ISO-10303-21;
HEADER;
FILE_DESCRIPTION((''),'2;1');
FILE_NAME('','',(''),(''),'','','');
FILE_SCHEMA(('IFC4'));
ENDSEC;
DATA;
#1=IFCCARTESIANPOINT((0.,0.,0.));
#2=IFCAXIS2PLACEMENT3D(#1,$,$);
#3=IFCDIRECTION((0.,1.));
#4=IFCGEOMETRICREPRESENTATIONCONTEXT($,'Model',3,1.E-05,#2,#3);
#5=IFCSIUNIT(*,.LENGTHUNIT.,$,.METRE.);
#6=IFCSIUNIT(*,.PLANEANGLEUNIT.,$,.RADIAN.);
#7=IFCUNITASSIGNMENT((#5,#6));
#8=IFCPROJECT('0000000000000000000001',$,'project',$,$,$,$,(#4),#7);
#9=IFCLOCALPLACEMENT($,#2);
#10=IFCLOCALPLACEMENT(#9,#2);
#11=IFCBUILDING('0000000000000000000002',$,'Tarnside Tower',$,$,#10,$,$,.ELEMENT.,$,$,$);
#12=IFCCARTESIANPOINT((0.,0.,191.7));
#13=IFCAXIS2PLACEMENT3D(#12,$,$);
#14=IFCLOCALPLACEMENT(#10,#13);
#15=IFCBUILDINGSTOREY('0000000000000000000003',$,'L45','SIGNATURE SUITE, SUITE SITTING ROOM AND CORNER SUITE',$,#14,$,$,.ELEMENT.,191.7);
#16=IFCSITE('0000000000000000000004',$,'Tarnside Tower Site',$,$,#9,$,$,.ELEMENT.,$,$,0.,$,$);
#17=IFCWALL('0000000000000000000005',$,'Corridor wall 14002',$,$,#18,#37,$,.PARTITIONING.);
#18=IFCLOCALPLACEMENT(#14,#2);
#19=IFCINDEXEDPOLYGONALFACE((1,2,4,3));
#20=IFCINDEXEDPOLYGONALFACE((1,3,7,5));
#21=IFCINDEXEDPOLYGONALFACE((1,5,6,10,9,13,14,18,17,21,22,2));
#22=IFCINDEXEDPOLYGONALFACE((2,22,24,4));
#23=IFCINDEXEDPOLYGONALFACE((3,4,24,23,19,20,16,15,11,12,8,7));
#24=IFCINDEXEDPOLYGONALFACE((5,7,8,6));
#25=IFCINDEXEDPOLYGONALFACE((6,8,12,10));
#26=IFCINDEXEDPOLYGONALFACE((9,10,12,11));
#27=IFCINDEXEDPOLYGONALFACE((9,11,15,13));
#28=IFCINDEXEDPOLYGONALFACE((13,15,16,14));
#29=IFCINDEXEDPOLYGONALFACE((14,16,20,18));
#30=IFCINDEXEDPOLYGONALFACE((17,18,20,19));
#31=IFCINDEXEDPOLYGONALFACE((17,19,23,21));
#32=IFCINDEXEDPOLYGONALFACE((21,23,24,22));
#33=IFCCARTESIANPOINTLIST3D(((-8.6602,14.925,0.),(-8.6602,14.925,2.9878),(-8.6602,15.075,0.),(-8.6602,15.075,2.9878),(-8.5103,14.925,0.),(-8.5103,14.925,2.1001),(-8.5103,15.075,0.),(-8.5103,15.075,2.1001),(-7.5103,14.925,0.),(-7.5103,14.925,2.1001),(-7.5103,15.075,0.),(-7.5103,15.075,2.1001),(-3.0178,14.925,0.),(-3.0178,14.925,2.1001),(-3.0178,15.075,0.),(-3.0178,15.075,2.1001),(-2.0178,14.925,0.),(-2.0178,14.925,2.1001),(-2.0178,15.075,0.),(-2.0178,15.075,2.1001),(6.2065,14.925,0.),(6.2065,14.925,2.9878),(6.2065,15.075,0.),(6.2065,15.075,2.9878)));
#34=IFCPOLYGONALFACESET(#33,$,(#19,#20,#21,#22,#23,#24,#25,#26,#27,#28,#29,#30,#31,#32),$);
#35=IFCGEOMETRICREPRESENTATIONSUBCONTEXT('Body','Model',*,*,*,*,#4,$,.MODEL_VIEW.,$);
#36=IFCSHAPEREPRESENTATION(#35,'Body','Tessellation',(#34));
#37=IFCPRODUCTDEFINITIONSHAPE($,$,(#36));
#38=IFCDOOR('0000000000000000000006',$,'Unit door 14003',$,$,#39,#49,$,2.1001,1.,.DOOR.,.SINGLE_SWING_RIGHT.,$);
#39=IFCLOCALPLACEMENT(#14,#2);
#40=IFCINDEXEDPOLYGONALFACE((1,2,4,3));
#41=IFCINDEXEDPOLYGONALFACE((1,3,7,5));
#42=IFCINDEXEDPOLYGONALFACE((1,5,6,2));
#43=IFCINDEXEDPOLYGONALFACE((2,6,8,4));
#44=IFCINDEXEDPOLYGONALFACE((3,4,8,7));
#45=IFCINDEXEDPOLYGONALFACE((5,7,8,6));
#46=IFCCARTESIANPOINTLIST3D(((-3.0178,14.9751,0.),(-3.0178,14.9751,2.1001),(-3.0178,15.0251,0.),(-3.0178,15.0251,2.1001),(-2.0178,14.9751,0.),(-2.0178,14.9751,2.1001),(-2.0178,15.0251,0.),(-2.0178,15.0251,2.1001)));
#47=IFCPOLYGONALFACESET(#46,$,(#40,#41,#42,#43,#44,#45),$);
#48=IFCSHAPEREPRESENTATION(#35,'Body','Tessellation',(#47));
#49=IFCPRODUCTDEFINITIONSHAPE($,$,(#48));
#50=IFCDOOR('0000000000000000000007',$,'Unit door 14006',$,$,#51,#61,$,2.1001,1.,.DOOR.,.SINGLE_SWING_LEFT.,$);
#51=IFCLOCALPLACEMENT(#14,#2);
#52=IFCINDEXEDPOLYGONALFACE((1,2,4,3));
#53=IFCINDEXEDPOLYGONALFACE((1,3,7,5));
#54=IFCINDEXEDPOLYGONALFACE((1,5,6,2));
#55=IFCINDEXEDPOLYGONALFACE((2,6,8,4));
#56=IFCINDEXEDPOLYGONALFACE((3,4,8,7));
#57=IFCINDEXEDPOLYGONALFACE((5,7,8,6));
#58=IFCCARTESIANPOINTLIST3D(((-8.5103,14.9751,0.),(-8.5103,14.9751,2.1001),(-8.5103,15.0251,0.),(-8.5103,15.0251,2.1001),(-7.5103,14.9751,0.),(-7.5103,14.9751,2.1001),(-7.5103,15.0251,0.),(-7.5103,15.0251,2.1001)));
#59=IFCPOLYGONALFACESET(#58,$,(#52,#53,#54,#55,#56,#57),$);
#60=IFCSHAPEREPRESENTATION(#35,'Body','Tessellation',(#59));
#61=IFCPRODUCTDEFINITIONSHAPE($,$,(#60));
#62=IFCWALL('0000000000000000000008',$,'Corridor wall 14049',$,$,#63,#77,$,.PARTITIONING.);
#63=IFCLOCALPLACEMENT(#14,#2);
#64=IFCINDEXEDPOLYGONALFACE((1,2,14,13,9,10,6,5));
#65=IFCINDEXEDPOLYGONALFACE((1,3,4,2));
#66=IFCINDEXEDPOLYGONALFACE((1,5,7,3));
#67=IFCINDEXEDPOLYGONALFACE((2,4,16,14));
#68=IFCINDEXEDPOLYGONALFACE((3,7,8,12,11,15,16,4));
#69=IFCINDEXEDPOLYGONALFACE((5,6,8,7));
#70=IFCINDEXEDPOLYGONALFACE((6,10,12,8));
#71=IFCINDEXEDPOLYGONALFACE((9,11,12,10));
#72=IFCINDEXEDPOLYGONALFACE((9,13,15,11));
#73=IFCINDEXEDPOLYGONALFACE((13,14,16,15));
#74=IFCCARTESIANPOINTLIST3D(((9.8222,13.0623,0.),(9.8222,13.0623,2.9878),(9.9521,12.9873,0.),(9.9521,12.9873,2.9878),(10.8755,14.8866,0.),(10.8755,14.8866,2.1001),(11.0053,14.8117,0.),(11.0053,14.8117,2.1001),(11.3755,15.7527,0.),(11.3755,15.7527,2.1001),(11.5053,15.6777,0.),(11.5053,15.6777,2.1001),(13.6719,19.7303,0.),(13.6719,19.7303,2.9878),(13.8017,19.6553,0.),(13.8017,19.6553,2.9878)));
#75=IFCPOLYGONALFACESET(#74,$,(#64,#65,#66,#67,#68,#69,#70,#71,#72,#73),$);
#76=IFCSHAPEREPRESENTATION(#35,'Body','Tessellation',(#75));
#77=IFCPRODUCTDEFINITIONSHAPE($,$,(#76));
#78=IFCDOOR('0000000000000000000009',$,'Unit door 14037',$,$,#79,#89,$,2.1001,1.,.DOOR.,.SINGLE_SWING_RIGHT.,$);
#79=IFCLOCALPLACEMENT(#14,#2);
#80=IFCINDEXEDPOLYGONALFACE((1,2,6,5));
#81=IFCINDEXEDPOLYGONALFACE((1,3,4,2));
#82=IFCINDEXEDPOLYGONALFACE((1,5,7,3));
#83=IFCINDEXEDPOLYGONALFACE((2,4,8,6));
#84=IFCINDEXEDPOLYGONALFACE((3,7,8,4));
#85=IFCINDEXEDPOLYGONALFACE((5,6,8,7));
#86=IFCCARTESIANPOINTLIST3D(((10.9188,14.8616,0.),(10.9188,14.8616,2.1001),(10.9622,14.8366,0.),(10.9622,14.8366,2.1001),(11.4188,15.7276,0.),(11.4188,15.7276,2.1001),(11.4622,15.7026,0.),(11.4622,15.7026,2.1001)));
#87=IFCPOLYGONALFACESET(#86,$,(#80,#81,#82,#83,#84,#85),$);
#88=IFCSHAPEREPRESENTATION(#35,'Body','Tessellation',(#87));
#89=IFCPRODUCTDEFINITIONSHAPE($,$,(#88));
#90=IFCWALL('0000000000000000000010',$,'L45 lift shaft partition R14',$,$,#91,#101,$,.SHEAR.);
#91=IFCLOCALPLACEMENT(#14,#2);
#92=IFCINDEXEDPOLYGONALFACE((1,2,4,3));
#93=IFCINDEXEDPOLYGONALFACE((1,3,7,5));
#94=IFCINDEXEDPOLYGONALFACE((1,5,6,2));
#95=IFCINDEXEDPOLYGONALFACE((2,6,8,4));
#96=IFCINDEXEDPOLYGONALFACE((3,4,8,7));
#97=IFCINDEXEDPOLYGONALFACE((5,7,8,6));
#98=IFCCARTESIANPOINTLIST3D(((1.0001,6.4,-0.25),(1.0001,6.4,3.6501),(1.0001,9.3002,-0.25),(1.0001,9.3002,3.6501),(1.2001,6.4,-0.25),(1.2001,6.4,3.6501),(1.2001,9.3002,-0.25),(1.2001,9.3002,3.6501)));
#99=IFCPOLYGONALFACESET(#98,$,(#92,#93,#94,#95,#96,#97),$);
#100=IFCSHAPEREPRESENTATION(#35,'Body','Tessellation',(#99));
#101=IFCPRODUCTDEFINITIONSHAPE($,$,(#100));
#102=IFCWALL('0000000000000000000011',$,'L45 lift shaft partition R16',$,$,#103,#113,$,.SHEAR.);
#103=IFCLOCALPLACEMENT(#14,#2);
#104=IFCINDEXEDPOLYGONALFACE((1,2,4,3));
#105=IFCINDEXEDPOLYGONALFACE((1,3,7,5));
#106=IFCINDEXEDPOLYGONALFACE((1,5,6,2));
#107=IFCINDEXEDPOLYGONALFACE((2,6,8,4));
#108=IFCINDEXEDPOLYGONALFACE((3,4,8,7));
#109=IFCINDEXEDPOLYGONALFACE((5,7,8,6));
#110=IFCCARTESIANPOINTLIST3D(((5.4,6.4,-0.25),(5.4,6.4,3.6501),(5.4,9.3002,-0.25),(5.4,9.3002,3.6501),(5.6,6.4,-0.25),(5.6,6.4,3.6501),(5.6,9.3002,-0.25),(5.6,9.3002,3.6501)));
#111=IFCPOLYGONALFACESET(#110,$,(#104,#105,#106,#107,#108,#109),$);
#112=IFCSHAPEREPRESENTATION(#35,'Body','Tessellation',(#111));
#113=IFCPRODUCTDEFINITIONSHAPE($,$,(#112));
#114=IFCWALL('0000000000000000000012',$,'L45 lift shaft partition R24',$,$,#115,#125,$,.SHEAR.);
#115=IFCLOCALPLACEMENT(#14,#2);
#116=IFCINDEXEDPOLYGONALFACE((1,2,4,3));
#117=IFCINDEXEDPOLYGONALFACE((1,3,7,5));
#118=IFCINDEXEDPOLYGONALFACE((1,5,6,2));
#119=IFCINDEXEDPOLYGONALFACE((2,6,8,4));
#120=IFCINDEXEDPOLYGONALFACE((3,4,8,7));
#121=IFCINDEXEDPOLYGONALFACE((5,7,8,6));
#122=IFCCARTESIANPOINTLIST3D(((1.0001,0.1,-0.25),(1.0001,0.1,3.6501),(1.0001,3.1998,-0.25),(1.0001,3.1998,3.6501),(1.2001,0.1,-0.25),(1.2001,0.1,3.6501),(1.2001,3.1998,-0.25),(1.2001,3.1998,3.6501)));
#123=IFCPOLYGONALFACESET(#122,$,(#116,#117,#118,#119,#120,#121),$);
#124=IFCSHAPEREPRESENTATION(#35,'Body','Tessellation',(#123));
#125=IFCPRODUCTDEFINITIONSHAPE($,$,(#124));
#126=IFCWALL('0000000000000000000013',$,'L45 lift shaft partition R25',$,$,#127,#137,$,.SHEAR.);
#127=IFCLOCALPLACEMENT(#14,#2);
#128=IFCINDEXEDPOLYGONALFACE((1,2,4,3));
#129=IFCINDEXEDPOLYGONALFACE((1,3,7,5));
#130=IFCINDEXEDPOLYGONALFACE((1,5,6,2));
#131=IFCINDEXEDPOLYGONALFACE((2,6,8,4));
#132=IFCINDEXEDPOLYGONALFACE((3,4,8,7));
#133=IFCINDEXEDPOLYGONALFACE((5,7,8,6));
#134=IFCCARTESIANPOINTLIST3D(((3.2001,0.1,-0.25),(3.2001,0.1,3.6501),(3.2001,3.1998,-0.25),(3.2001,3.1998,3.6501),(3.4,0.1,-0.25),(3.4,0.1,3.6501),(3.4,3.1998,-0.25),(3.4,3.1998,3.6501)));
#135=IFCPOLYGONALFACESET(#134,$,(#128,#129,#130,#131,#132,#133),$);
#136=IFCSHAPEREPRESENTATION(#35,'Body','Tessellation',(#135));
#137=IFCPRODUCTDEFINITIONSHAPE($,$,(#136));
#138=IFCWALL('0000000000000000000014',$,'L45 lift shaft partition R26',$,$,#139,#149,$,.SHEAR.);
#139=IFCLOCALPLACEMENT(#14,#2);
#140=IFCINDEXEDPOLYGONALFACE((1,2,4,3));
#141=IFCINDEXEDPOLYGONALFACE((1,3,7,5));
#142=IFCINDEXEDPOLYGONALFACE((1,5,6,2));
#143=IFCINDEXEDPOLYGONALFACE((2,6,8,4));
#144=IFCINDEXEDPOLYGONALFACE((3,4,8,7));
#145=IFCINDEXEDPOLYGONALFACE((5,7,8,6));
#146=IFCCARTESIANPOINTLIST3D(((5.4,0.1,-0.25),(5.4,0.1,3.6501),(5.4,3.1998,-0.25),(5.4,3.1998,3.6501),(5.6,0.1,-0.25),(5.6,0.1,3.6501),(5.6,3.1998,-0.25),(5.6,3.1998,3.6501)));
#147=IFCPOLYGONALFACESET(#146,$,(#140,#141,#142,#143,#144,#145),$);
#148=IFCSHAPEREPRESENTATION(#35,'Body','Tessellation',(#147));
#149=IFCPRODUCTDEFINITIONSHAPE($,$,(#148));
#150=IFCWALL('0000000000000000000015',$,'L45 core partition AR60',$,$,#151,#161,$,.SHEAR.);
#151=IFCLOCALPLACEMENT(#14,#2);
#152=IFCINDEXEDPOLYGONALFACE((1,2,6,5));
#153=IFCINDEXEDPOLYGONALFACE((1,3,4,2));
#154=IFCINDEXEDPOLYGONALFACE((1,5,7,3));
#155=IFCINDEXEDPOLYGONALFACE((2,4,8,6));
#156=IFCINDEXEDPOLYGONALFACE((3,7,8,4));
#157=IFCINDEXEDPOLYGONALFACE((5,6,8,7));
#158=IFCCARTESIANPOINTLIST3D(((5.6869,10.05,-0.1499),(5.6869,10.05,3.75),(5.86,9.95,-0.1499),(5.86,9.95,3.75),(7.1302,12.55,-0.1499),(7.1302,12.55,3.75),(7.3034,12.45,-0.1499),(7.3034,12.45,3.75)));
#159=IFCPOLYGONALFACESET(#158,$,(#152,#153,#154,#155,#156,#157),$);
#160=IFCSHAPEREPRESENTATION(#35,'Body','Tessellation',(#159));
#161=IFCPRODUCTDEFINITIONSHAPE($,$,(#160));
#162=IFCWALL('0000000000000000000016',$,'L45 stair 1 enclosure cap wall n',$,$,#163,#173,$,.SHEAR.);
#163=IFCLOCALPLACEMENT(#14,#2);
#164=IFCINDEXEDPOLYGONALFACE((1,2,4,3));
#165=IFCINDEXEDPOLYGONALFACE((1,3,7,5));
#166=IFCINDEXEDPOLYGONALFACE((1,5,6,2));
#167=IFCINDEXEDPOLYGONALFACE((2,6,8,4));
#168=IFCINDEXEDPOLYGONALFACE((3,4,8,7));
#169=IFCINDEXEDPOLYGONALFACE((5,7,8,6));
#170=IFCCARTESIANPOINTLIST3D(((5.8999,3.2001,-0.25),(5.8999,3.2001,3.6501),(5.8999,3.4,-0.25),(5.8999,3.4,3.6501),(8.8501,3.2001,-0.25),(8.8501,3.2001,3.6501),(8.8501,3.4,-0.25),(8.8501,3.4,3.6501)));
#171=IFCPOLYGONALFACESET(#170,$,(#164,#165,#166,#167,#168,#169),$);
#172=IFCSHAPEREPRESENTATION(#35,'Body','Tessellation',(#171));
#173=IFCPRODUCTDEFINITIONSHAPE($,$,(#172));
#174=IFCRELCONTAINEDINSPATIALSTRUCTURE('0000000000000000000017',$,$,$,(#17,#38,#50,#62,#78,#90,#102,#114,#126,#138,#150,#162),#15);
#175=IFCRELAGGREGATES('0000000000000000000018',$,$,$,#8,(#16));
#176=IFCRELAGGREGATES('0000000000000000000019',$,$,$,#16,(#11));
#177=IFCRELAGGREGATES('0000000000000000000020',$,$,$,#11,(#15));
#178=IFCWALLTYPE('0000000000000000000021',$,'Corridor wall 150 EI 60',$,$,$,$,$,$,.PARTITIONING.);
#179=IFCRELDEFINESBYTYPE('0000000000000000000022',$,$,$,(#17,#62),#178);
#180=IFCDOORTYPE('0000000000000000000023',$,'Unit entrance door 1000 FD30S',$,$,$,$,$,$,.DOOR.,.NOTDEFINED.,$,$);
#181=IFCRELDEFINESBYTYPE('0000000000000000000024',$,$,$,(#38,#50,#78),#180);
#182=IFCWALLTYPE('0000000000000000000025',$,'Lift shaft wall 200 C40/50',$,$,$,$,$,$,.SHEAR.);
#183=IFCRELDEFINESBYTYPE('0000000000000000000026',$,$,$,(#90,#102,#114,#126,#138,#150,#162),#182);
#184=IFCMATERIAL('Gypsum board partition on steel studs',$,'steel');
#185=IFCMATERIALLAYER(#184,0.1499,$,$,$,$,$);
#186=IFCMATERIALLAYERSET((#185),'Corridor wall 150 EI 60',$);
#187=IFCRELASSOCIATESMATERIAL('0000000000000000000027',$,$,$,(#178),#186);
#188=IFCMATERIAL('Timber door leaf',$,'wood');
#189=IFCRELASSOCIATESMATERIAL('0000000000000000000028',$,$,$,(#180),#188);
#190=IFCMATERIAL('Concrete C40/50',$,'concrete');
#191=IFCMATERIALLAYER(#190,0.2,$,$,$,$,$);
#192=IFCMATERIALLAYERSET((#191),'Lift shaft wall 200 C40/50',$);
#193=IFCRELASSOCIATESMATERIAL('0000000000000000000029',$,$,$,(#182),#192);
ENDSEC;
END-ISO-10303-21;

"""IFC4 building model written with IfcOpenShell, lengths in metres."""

from ifc_helpers import new_model, si_unit, direction, frame, frame_2d, origin, place, context, subcontext, project, spatial, rectangle, extrude, material, layer, layer_set, type_object, element, fill, save


model = new_model("IFC4")

# Units and contexts
model_context = context("Model", 3, precision=1e-05, world=origin(), true_north=direction((0.0, 1.0)))
body_context = subcontext(model_context, "Body", "Model", "MODEL_VIEW")
ifc_project = project(units=[si_unit("LENGTHUNIT", "METRE"), si_unit("PLANEANGLEUNIT", "RADIAN")], contexts=[model_context])

# Site, building, storey
site_placement = place(None, origin())
site = spatial("IfcSite", under=ifc_project, at=site_placement, Name="Tarnside Tower Site", CompositionType="ELEMENT", RefElevation=0.0)
building_placement = place(site_placement, origin())
building = spatial("IfcBuilding", under=site, at=building_placement, Name="Tarnside Tower", CompositionType="ELEMENT")
storey_placement = place(building_placement, frame((0.0, 0.0, 191.7)))
storey = spatial("IfcBuildingStorey", under=building, at=storey_placement, Name="L45", Description="SIGNATURE SUITE, SUITE SITTING ROOM AND CORNER SUITE", CompositionType="ELEMENT", Elevation=191.7)

# Shared definitions
ifc_material_1 = material(Name="Gypsum board partition on steel studs", Category="steel")
ifc_material_2 = material(Name="Timber door leaf", Category="wood")

# Wall, openings, doors
ifc_layer_1 = layer(ifc_material_1, 0.1499)
ifc_layer_set_1 = layer_set([ifc_layer_1], Name="Corridor wall 150 EI 60")
wall_type_1 = type_object("IfcWallType", Name="Corridor wall 150 EI 60", PredefinedType="PARTITIONING", material=ifc_layer_set_1)
wall_1_placement = place(storey_placement, frame((6.2065, 15.0, 0.0), z_axis=(0.0, 0.0, 1.0), x_axis=(-1.0, 0.0, 0.0)))
wall_1 = element("IfcWall", 1, at=wall_1_placement, inside=storey, type_object=wall_type_1, Name="Corridor wall 14002", PredefinedType="PARTITIONING", context=body_context, shape_type="SweptSolid", body=[
    extrude(rectangle(XDim=14.8667, YDim=0.1499, at=frame_2d((7.4333, 0.0))), origin(), (0.0, 0.0, 1.0), 2.9878),
])
opening_1_placement = place(wall_1_placement, frame((8.2244, 0.0, 0.0)))
opening_1 = element("IfcOpeningElement", 2, at=opening_1_placement, cuts=wall_1, PredefinedType="OPENING", context=body_context, shape_type="SweptSolid", body=[
    extrude(rectangle(XDim=1.0, YDim=2.1001, at=frame_2d((0.5, 1.05))), frame((0.0, 0.085, 0.0), z_axis=(0.0, -1.0, 0.0), x_axis=(1.0, 0.0, 0.0)), (0.0, 0.0, 1.0), 0.1699),
])
opening_2_placement = place(wall_1_placement, frame((13.7168, 0.0, 0.0)))
opening_2 = element("IfcOpeningElement", 3, at=opening_2_placement, cuts=wall_1, PredefinedType="OPENING", context=body_context, shape_type="SweptSolid", body=[
    extrude(rectangle(XDim=1.0, YDim=2.1001, at=frame_2d((0.5, 1.05))), frame((0.0, 0.085, 0.0), z_axis=(0.0, -1.0, 0.0), x_axis=(1.0, 0.0, 0.0)), (0.0, 0.0, 1.0), 0.1699),
])
door_type_1 = type_object("IfcDoorType", Name="Unit entrance door 1000 FD30S", OperationType="NOTDEFINED", PredefinedType="DOOR", material=ifc_material_2)
door_1_placement = place(opening_1_placement, origin())
door_1 = element("IfcDoor", 4, at=door_1_placement, inside=storey, type_object=door_type_1, Name="Unit door 14003", OperationType="SINGLE_SWING_RIGHT", OverallHeight=2.1001, OverallWidth=1.0, PredefinedType="DOOR", context=body_context, shape_type="SweptSolid", body=[
    extrude(rectangle(XDim=1.0, YDim=2.1001, at=frame_2d((0.5, 1.05))), frame((0.0, 0.0249, 0.0), z_axis=(0.0, -1.0, 0.0), x_axis=(1.0, 0.0, 0.0)), (0.0, 0.0, 1.0), 0.05),
])
fill(opening_1, door_1)
door_2_placement = place(opening_2_placement, origin())
door_2 = element("IfcDoor", 5, at=door_2_placement, inside=storey, type_object=door_type_1, Name="Unit door 14006", OperationType="SINGLE_SWING_LEFT", OverallHeight=2.1001, OverallWidth=1.0, PredefinedType="DOOR", context=body_context, shape_type="SweptSolid", body=[
    extrude(rectangle(XDim=1.0, YDim=2.1001, at=frame_2d((0.5, 1.05))), frame((0.0, 0.0249, 0.0), z_axis=(0.0, -1.0, 0.0), x_axis=(1.0, 0.0, 0.0)), (0.0, 0.0, 1.0), 0.05),
])
fill(opening_2, door_2)

# Wall, opening, door
wall_2_placement = place(storey_placement, frame((9.8872, 13.0249, 0.0), z_axis=(0.0, 0.0, 1.0), x_axis=(0.499986, 0.866034, 0.0)))
wall_2 = element("IfcWall", 6, at=wall_2_placement, inside=storey, type_object=wall_type_1, Name="Corridor wall 14049", PredefinedType="PARTITIONING", context=body_context, shape_type="SweptSolid", body=[
    extrude(rectangle(XDim=7.6995, YDim=0.1499, at=frame_2d((3.8496, 0.0))), origin(), (0.0, 0.0, 1.0), 2.9878),
])
opening_3_placement = place(wall_2_placement, frame((2.1064, 0.0, 0.0)))
opening_3 = element("IfcOpeningElement", 7, at=opening_3_placement, cuts=wall_2, PredefinedType="OPENING", context=body_context, shape_type="SweptSolid", body=[
    extrude(rectangle(XDim=1.0, YDim=2.1001, at=frame_2d((0.5, 1.05))), frame((0.0, 0.085, 0.0), z_axis=(0.0, -1.0, 0.0), x_axis=(1.0, 0.0, 0.0)), (0.0, 0.0, 1.0), 0.1699),
])
door_3_placement = place(opening_3_placement, origin())
door_3 = element("IfcDoor", 8, at=door_3_placement, inside=storey, type_object=door_type_1, Name="Unit door 14037", OperationType="SINGLE_SWING_RIGHT", OverallHeight=2.1001, OverallWidth=1.0, PredefinedType="DOOR", context=body_context, shape_type="SweptSolid", body=[
    extrude(rectangle(XDim=1.0, YDim=2.1001, at=frame_2d((0.5, 1.05))), frame((0.0, 0.0249, 0.0), z_axis=(0.0, -1.0, 0.0), x_axis=(1.0, 0.0, 0.0)), (0.0, 0.0, 1.0), 0.05),
])
fill(opening_3, door_3)

# Walls
ifc_material_3 = material(Name="Concrete C40/50", Category="concrete")
ifc_layer_2 = layer(ifc_material_3, 0.2)
ifc_layer_set_2 = layer_set([ifc_layer_2], Name="Lift shaft wall 200 C40/50")
wall_type_2 = type_object("IfcWallType", Name="Lift shaft wall 200 C40/50", PredefinedType="SHEAR", material=ifc_layer_set_2)
for number, where, z_axis, x_axis, name in (
    (9, (1.1001, 6.3999, -0.25), (0.0, 0.0, 1.0), (0.0, 1.0, 0.0), "L45 lift shaft partition R14"),
    (10, (5.5, 6.3999, -0.25), (0.0, 0.0, 1.0), (0.0, 1.0, 0.0), "L45 lift shaft partition R16"),
):
    element("IfcWall", number, at=place(storey_placement, frame(where, z_axis=z_axis, x_axis=x_axis)), inside=storey, type_object=wall_type_2, Name=name, PredefinedType="SHEAR", context=body_context, shape_type="SweptSolid", body=[
        extrude(rectangle(XDim=2.9001, YDim=0.2, at=frame_2d((1.4502, 0.0))), origin(), (0.0, 0.0, 1.0), 3.9001),
    ])
for number, where, z_axis, x_axis, name in (
    (11, (1.1001, 0.1001, -0.25), (0.0, 0.0, 1.0), (0.0, 1.0, 0.0), "L45 lift shaft partition R24"),
    (12, (3.3, 0.1001, -0.25), (0.0, 0.0, 1.0), (0.0, 1.0, 0.0), "L45 lift shaft partition R25"),
    (13, (5.5, 0.1001, -0.25), (0.0, 0.0, 1.0), (0.0, 1.0, 0.0), "L45 lift shaft partition R26"),
):
    element("IfcWall", number, at=place(storey_placement, frame(where, z_axis=z_axis, x_axis=x_axis)), inside=storey, type_object=wall_type_2, Name=name, PredefinedType="SHEAR", context=body_context, shape_type="SweptSolid", body=[
        extrude(rectangle(XDim=3.0999, YDim=0.2, at=frame_2d((1.5498, 0.0))), origin(), (0.0, 0.0, 1.0), 3.9001),
    ])
wall_3_placement = place(storey_placement, frame((5.7734, 10.0, -0.1499), z_axis=(0.0, 0.0, 1.0), x_axis=(0.499996, 0.866028, 0.0)))
element("IfcWall", 14, at=wall_3_placement, inside=storey, type_object=wall_type_2, Name="L45 core partition AR60", PredefinedType="SHEAR", context=body_context, shape_type="SweptSolid", body=[
    extrude(rectangle(XDim=2.8867, YDim=0.2, at=frame_2d((1.4434, 0.0))), origin(), (0.0, 0.0, 1.0), 3.8999),
])
wall_4_placement = place(storey_placement, frame((5.8999, 3.3, -0.25), z_axis=(0.0, 0.0, 1.0), x_axis=(1.0, 0.0, 0.0)))
element("IfcWall", 15, at=wall_4_placement, inside=storey, type_object=wall_type_2, Name="L45 stair 1 enclosure cap wall n", PredefinedType="SHEAR", context=body_context, shape_type="SweptSolid", body=[
    extrude(rectangle(XDim=2.9502, YDim=0.2, at=frame_2d((1.4751, 0.0))), origin(), (0.0, 0.0, 1.0), 3.9001),
])

save(model, "model.ifc")
